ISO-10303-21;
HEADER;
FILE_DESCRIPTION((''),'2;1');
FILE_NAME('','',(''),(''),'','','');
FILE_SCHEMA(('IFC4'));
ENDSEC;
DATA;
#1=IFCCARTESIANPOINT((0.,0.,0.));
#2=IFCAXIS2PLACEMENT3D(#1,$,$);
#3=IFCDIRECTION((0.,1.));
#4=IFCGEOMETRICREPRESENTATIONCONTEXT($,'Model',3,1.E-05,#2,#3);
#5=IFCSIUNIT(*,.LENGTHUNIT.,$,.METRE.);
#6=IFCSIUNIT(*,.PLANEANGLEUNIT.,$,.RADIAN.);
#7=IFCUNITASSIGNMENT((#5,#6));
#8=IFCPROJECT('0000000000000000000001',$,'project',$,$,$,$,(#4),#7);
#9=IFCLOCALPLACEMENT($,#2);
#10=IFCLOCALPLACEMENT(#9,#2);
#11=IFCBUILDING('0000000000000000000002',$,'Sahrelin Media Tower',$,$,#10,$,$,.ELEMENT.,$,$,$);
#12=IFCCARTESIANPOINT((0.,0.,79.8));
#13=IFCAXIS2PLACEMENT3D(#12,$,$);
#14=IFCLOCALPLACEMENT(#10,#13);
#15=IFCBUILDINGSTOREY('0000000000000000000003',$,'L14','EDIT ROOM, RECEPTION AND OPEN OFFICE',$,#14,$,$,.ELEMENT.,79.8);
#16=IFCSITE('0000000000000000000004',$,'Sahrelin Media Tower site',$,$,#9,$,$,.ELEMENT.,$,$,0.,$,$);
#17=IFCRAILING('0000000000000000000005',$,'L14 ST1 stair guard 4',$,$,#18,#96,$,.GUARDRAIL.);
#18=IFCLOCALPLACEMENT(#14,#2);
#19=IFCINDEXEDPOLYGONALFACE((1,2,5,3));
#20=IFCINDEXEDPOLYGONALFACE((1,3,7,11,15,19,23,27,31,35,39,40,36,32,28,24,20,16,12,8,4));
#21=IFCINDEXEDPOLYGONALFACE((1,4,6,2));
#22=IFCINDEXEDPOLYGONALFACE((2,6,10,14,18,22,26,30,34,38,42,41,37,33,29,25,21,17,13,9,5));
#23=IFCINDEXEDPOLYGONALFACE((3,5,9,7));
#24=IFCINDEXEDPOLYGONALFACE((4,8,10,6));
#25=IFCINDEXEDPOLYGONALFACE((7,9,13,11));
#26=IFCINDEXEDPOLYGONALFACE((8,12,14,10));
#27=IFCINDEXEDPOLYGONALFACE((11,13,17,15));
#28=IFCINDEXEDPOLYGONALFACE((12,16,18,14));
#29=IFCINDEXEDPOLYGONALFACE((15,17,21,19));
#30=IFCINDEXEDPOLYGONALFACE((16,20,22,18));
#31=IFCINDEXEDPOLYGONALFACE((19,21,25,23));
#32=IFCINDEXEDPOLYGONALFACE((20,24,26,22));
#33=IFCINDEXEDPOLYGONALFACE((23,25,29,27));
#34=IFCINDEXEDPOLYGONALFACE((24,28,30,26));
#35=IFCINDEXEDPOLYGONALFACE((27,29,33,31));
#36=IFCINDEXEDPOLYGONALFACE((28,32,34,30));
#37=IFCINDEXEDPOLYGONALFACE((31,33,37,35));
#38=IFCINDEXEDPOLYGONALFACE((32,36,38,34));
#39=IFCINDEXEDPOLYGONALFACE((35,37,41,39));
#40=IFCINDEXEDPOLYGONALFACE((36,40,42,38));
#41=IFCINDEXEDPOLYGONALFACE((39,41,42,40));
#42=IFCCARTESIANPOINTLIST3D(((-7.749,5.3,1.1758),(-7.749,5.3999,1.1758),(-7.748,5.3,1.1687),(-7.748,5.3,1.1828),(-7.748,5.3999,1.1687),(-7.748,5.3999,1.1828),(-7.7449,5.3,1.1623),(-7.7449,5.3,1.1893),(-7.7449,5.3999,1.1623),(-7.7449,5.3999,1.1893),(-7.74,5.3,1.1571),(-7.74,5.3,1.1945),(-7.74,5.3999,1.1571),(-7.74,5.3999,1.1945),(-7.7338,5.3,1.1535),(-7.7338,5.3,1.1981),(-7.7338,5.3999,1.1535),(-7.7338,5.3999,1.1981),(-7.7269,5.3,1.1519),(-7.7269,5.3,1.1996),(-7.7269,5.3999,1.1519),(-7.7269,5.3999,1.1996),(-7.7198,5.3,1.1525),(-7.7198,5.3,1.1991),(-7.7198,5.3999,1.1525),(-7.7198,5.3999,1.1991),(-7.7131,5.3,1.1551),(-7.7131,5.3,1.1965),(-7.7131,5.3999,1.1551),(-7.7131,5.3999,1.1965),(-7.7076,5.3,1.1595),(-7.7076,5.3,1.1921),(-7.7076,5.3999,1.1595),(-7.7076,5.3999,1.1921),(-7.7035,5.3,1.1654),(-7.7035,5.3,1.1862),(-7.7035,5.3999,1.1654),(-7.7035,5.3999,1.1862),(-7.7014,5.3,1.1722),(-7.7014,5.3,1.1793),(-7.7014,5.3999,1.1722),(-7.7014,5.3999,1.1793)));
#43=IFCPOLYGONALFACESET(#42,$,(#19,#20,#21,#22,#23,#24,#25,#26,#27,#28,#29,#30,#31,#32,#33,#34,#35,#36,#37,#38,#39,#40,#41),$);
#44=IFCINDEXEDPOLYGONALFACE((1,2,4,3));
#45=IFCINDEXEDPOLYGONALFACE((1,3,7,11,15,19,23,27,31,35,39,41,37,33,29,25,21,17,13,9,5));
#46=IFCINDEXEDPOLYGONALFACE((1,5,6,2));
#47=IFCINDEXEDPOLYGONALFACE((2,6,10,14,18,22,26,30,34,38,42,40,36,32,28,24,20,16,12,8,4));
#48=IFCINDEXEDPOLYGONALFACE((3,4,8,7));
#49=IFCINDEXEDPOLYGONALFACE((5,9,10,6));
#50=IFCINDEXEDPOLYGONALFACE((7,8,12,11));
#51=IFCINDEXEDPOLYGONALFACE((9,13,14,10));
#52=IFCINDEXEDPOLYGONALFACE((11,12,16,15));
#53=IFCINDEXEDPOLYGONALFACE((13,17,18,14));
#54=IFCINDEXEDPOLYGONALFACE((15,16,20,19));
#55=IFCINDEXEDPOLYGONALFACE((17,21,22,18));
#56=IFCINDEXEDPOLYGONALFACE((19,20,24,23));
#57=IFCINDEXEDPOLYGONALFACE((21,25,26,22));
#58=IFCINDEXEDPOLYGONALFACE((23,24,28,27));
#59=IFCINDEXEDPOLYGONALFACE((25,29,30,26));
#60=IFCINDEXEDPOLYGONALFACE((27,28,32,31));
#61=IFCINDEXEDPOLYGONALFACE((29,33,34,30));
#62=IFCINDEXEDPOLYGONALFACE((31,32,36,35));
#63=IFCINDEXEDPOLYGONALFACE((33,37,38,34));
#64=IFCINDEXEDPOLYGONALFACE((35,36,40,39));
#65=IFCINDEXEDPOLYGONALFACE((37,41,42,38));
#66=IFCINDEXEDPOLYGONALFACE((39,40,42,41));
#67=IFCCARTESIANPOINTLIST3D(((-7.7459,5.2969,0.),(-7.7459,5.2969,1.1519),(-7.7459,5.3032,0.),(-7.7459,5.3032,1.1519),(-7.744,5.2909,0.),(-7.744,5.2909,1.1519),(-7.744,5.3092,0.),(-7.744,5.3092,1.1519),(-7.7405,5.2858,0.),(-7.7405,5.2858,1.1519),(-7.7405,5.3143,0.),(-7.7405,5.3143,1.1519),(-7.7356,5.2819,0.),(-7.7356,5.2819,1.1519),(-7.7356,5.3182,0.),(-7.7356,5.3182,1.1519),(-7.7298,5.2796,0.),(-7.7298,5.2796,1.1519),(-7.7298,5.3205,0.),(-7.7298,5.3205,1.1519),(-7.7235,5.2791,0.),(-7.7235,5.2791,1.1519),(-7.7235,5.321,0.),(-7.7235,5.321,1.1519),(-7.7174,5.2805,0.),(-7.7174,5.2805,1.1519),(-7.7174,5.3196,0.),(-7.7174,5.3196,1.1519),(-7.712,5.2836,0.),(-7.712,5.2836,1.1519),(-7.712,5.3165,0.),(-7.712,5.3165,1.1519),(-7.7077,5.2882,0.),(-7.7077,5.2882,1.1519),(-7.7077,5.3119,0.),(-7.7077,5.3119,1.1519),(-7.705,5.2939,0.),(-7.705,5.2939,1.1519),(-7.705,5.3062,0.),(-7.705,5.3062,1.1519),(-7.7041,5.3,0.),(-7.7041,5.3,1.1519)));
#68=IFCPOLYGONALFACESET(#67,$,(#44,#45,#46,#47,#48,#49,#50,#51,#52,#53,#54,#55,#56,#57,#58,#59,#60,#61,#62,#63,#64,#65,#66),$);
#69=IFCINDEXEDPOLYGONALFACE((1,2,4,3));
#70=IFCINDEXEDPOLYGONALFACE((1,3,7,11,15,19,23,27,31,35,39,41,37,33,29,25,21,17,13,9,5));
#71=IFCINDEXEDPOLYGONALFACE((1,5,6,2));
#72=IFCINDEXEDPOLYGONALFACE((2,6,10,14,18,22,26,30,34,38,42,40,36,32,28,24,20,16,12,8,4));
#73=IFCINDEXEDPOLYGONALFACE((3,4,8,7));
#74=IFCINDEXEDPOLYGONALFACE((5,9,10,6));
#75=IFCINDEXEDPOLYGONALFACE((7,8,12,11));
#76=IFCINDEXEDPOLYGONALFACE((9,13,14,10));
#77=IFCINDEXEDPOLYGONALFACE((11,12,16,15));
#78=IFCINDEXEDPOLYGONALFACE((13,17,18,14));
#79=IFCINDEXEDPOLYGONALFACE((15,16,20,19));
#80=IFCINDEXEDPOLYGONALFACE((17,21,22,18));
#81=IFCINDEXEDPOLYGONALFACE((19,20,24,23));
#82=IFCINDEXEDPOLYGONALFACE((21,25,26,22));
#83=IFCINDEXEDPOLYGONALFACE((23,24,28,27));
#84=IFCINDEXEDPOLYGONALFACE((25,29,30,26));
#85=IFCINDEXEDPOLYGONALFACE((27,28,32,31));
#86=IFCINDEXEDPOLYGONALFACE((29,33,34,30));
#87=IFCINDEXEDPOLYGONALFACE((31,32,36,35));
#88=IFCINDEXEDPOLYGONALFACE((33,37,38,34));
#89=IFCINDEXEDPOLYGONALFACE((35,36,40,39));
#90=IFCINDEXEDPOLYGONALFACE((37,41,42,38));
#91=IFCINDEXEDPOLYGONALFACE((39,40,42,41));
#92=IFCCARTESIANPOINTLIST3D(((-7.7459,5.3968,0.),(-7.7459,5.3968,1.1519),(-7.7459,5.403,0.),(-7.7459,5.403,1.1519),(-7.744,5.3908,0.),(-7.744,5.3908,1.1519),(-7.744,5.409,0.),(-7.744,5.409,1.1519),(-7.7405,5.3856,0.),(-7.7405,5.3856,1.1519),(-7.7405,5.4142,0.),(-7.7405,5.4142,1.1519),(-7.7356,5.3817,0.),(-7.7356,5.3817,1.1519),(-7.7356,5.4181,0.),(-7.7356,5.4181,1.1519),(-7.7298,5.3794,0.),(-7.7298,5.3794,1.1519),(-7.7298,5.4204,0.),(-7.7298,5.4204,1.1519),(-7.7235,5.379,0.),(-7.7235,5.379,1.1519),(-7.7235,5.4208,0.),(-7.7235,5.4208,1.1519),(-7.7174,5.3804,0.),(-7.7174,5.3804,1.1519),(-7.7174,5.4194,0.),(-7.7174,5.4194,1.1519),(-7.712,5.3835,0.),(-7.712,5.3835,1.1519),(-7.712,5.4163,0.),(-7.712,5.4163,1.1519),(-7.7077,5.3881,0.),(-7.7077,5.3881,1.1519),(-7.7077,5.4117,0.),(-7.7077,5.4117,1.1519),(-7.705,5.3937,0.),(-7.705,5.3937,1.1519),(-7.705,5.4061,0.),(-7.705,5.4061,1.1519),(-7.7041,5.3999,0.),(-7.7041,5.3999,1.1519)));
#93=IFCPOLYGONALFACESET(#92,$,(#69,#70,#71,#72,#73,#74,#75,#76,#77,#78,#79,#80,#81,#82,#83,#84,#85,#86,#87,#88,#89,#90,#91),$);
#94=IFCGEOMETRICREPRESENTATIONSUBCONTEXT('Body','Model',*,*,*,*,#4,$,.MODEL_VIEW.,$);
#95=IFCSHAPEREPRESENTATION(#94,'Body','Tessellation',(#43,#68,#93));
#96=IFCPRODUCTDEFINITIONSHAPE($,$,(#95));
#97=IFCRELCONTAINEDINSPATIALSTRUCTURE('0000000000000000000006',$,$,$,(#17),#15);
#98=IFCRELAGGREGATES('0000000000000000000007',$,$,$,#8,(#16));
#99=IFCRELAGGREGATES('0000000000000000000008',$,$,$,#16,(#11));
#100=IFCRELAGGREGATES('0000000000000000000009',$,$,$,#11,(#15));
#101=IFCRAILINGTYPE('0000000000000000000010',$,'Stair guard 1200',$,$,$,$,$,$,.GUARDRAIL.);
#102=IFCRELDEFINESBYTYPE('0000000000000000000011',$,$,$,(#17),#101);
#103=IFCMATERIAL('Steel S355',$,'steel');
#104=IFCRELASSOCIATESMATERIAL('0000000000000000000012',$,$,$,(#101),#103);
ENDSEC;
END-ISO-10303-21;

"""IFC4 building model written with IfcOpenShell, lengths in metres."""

from ifc_helpers import new_model, si_unit, direction, frame, origin, origin_2d, place, context, subcontext, project, spatial, circle, extrude, material, type_object, element, save


model = new_model("IFC4")

# Units and contexts
model_context = context("Model", 3, precision=1e-05, world=origin(), true_north=direction((0.0, 1.0)))
body_context = subcontext(model_context, "Body", "Model", "MODEL_VIEW")
ifc_project = project(units=[si_unit("LENGTHUNIT", "METRE"), si_unit("PLANEANGLEUNIT", "RADIAN")], contexts=[model_context])

# Site, building, storey
site_placement = place(None, origin())
site = spatial("IfcSite", under=ifc_project, at=site_placement, Name="Sahrelin Media Tower site", CompositionType="ELEMENT", RefElevation=0.0)
building_placement = place(site_placement, origin())
building = spatial("IfcBuilding", under=site, at=building_placement, Name="Sahrelin Media Tower", CompositionType="ELEMENT")
storey_placement = place(building_placement, frame((0.0, 0.0, 79.8)))
storey = spatial("IfcBuildingStorey", under=building, at=storey_placement, Name="L14", Description="EDIT ROOM, RECEPTION AND OPEN OFFICE", CompositionType="ELEMENT", Elevation=79.8)

# Shared definitions
ifc_material_1 = material(Name="Steel S355", Category="steel")

# Railing
railing_type_1 = type_object("IfcRailingType", Name="Stair guard 1200", PredefinedType="GUARDRAIL", material=ifc_material_1)
railing_1_placement = place(storey_placement, frame((-7.7251, 5.3, 0.0)))
element("IfcRailing", 1, at=railing_1_placement, inside=storey, type_object=railing_type_1, Name="L14 ST1 stair guard 4", PredefinedType="GUARDRAIL", context=body_context, shape_type="SweptSolid", body=[
    extrude(circle(Radius=0.0239, at=origin_2d()), frame((0.0, 0.0, 1.1758), z_axis=(0.0, 1.0, 0.0), x_axis=(-1.0, 0.0, 0.0)), (0.0, 0.0, 1.0), 0.0999),
    extrude(circle(Radius=0.021, at=origin_2d()), origin(), (0.0, 0.0, 1.0), 1.1519),
    extrude(circle(Radius=0.021, at=origin_2d()), frame((0.0, 0.0999, 0.0)), (0.0, 0.0, 1.0), 1.1519),
])

save(model, "model.ifc")
